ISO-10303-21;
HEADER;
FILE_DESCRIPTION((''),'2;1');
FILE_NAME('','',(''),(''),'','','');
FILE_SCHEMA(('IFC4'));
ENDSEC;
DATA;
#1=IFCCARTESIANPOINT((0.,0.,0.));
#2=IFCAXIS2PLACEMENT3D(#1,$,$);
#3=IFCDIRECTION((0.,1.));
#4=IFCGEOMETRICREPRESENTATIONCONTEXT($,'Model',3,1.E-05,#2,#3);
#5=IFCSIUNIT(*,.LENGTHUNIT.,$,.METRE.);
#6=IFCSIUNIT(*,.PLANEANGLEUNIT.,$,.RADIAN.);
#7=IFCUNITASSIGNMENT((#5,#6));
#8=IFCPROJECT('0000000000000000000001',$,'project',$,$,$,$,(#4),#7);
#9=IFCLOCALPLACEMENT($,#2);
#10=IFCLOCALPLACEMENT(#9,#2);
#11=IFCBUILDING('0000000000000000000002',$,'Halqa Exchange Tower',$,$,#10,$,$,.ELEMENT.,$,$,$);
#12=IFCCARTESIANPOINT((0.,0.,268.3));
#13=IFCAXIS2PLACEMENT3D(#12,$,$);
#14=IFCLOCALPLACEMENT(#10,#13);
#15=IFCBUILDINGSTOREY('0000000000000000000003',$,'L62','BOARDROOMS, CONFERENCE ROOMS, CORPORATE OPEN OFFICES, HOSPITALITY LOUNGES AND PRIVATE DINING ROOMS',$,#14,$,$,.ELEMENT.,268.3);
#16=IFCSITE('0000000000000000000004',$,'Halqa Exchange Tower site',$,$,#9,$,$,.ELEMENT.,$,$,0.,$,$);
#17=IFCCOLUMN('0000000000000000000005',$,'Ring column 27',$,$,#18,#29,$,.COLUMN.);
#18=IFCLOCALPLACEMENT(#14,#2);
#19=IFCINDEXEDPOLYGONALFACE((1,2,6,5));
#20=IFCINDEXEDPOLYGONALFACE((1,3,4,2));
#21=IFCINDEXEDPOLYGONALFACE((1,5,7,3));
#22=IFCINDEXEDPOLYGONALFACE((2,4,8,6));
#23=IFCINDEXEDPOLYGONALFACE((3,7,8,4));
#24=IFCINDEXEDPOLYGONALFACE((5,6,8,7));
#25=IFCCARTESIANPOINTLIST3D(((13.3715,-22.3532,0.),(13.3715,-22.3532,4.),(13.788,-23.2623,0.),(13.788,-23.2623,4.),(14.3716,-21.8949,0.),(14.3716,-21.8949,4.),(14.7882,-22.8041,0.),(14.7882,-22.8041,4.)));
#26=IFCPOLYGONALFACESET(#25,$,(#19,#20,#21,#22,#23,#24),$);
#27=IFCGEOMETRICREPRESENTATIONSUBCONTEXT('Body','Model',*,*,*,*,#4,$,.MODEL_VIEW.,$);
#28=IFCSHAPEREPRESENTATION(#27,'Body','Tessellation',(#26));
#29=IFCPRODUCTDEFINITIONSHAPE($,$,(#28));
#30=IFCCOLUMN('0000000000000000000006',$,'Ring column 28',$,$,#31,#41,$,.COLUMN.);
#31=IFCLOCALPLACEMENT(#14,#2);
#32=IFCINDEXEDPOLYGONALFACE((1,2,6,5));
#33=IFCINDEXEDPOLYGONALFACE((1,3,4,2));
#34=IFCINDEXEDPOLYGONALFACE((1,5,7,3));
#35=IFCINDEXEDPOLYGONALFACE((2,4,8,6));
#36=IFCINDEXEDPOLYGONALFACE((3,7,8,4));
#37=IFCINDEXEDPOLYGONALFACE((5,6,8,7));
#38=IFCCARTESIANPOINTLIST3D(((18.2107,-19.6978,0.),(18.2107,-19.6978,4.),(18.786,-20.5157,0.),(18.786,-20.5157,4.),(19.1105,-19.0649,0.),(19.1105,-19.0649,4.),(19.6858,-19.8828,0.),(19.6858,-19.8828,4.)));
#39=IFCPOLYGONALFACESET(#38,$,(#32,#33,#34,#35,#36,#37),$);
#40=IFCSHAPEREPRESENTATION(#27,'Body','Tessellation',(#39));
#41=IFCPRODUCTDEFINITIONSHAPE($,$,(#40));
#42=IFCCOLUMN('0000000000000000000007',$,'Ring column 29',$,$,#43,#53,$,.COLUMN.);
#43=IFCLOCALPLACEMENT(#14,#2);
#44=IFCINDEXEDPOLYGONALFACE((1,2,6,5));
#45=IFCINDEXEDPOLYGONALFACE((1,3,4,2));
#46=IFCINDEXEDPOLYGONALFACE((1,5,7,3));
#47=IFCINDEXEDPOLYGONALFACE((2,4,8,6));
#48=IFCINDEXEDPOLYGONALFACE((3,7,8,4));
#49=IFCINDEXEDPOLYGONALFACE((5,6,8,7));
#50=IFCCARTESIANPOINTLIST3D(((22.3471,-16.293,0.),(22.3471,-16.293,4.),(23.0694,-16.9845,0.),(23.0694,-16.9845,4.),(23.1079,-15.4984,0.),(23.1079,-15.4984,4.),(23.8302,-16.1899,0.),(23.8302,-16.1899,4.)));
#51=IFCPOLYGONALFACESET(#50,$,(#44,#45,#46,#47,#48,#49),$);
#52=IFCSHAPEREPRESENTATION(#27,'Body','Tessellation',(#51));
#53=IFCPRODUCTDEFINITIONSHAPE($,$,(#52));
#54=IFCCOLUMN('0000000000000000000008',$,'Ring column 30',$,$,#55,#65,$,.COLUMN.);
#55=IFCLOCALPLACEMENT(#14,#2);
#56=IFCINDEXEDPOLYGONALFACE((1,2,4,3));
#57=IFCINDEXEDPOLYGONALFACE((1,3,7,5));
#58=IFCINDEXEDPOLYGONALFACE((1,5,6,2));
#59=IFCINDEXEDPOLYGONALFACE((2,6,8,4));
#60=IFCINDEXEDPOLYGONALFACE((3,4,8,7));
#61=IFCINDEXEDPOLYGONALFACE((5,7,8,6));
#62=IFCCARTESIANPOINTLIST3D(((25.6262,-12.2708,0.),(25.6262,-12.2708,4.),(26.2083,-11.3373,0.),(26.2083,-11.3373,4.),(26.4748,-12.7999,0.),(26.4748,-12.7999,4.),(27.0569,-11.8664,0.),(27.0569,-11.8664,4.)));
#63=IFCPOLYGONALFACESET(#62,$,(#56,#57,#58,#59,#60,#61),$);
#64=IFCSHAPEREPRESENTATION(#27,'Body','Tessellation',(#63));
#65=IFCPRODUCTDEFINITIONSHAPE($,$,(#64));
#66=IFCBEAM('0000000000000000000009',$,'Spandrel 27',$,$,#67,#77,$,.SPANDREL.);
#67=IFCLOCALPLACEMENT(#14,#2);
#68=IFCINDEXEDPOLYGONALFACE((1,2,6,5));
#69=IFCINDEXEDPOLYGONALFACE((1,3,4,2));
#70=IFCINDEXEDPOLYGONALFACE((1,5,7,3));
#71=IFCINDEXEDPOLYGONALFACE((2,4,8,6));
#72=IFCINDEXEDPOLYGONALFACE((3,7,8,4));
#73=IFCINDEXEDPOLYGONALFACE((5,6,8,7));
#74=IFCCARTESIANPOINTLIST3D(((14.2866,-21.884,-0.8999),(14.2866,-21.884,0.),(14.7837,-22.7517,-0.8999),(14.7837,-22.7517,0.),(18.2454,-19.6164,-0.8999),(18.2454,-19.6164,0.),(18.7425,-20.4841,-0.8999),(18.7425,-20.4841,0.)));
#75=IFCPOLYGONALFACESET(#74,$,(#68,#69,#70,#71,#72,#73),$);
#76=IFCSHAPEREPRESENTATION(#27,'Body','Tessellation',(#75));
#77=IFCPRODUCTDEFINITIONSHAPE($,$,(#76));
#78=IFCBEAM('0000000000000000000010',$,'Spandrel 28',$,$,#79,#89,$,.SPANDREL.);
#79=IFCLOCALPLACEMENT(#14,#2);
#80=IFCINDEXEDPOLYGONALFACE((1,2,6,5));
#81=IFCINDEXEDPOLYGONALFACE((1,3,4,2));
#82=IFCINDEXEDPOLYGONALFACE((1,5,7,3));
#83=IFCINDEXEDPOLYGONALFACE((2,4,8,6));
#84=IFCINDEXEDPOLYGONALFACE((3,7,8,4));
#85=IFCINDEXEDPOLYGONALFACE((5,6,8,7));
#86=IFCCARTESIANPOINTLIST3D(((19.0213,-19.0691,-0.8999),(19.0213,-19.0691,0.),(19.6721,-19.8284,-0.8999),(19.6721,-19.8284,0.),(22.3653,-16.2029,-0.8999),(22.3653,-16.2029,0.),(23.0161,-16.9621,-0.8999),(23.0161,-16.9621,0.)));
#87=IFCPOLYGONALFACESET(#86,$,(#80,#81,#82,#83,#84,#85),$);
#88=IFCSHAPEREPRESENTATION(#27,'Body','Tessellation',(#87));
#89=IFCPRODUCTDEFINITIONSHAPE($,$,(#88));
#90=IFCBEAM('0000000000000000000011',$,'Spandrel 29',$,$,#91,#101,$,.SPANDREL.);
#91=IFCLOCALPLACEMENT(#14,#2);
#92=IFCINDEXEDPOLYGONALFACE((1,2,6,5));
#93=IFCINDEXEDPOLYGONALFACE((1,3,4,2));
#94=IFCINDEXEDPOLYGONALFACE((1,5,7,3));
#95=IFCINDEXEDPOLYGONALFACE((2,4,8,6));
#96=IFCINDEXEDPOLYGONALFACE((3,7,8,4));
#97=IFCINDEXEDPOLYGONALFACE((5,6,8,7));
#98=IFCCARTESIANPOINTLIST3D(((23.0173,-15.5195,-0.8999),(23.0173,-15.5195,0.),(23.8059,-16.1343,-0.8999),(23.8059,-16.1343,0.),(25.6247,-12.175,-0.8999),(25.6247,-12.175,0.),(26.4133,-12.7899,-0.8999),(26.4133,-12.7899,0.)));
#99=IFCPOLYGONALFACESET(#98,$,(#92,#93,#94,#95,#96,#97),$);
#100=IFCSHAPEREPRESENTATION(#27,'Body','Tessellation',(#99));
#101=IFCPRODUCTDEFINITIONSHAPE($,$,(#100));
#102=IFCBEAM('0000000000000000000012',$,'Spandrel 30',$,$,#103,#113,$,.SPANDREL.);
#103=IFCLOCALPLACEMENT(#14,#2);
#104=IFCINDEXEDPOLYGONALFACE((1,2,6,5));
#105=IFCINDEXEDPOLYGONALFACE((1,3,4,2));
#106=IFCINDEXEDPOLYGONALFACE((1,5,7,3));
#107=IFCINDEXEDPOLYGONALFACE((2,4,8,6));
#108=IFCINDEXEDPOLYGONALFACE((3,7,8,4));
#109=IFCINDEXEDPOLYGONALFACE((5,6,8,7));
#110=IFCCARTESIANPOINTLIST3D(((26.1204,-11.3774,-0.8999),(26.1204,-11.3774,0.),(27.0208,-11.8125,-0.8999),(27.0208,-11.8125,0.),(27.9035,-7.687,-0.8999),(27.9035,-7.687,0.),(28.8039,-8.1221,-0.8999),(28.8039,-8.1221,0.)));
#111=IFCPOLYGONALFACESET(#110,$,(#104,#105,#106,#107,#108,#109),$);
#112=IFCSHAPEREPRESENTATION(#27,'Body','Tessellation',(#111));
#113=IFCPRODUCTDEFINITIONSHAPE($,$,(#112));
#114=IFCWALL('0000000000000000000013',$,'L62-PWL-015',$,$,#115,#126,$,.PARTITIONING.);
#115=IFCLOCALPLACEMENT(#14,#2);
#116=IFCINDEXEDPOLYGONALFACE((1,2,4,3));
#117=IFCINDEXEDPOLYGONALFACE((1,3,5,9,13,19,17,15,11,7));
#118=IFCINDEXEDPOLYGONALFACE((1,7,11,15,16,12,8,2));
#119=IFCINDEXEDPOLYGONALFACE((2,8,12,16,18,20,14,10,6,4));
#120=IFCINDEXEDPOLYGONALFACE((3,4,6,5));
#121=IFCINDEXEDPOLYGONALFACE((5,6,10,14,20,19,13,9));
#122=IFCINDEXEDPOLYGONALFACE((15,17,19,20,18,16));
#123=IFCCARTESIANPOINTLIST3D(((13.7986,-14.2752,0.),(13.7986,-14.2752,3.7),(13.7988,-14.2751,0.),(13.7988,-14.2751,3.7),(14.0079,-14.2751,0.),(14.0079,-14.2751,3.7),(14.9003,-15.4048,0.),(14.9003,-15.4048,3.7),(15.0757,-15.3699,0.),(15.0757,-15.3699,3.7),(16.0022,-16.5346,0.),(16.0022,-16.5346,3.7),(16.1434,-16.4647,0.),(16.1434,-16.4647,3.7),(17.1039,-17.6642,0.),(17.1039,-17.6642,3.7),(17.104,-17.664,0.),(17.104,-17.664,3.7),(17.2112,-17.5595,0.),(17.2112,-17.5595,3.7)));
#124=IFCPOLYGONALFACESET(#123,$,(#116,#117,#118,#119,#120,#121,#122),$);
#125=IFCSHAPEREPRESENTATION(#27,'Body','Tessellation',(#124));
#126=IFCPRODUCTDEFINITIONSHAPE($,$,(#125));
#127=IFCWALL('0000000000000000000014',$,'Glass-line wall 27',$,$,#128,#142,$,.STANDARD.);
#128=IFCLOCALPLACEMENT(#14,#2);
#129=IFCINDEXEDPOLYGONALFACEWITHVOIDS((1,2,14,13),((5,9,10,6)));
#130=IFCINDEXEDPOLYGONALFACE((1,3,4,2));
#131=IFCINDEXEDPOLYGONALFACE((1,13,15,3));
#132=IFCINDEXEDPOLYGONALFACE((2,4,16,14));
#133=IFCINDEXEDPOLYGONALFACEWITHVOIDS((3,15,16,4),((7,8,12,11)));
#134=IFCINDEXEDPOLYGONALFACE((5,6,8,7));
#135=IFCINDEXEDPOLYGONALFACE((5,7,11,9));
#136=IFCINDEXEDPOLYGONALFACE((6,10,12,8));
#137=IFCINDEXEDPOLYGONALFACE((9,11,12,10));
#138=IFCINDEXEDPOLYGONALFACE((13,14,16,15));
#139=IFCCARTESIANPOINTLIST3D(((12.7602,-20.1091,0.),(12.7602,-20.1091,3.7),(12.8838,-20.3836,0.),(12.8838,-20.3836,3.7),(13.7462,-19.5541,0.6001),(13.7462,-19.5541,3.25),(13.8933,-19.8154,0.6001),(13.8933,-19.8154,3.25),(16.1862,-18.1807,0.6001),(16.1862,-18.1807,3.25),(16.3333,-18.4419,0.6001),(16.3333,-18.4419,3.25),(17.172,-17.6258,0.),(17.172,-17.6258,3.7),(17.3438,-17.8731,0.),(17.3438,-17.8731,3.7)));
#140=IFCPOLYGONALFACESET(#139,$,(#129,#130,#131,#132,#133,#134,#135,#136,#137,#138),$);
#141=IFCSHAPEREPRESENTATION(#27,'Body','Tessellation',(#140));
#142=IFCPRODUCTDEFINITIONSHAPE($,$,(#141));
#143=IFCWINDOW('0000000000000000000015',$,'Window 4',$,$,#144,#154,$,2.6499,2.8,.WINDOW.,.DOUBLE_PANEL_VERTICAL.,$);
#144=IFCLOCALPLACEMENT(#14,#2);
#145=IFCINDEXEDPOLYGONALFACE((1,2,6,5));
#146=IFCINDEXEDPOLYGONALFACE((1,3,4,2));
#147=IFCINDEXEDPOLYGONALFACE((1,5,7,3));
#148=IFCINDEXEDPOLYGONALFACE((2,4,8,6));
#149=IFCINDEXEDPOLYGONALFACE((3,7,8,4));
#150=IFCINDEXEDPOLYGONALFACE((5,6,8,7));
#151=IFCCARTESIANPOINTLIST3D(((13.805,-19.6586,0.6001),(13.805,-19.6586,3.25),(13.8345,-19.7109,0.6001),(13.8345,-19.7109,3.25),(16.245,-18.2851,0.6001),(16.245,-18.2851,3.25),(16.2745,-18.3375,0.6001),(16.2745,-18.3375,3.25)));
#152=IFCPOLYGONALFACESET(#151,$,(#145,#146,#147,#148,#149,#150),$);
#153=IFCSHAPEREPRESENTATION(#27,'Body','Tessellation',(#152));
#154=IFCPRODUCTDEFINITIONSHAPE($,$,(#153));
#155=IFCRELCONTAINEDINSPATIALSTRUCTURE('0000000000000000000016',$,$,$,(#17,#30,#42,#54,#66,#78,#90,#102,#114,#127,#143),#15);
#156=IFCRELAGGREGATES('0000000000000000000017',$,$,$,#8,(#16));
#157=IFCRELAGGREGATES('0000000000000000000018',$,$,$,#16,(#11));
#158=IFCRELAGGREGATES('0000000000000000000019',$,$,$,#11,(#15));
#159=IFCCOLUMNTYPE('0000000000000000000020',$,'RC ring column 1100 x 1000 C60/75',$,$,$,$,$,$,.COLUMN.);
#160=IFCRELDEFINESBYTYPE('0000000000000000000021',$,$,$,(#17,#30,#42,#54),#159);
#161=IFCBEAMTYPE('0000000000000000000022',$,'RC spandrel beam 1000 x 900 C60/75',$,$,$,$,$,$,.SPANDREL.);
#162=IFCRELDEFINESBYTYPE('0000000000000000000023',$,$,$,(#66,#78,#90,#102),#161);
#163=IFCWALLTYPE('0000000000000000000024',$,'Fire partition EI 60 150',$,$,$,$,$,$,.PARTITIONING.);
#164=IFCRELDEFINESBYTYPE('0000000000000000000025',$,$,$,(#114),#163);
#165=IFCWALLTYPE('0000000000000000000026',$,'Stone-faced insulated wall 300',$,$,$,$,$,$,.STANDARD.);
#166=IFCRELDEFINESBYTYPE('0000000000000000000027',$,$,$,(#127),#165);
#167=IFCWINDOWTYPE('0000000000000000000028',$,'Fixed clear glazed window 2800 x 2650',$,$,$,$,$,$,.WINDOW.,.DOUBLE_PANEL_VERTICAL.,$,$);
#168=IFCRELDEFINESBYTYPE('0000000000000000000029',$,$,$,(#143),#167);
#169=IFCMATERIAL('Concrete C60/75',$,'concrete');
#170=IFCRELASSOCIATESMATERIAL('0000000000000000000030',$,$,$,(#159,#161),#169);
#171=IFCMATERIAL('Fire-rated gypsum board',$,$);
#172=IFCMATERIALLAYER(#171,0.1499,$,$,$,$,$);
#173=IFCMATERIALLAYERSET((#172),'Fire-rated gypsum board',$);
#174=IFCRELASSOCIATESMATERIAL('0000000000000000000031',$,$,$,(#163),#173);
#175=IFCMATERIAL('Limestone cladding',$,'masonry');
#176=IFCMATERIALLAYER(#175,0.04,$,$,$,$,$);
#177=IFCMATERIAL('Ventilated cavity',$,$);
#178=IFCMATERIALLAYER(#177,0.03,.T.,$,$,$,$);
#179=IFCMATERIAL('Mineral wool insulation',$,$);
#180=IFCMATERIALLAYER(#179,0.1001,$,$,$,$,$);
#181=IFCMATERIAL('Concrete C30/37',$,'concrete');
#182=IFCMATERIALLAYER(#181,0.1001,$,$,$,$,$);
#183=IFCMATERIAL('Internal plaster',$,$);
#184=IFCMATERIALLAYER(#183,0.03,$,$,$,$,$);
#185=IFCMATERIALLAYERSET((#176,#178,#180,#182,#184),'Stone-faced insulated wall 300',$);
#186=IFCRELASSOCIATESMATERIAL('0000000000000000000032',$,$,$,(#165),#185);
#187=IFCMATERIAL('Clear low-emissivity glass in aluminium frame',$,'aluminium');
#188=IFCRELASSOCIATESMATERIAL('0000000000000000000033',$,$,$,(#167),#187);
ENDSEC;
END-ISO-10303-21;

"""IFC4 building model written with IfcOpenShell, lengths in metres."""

from ifc_helpers import new_model, si_unit, direction, frame, frame_2d, origin, origin_2d, place, context, subcontext, project, spatial, polyline, rectangle, outline, extrude, material, layer, layer_set, material_profile, profile_set, type_object, element, fill, save


model = new_model("IFC4")

# Units and contexts
model_context = context("Model", 3, precision=1e-05, world=origin(), true_north=direction((0.0, 1.0)))
body_context = subcontext(model_context, "Body", "Model", "MODEL_VIEW")
ifc_project = project(units=[si_unit("LENGTHUNIT", "METRE"), si_unit("PLANEANGLEUNIT", "RADIAN")], contexts=[model_context])

# Site, building, storey
site_placement = place(None, origin())
site = spatial("IfcSite", under=ifc_project, at=site_placement, Name="Halqa Exchange Tower site", CompositionType="ELEMENT", RefElevation=0.0)
building_placement = place(site_placement, origin())
building = spatial("IfcBuilding", under=site, at=building_placement, Name="Halqa Exchange Tower", CompositionType="ELEMENT")
storey_placement = place(building_placement, frame((0.0, 0.0, 268.3)))
storey = spatial("IfcBuildingStorey", under=building, at=storey_placement, Name="L62", Description="BOARDROOMS, CONFERENCE ROOMS, CORPORATE OPEN OFFICES, HOSPITALITY LOUNGES AND PRIVATE DINING ROOMS", CompositionType="ELEMENT", Elevation=268.3)

# Columns
ifc_material_1 = material(Name="Concrete C60/75", Category="concrete")
ifc_material_profile_1 = material_profile(ifc_material_1, rectangle(XDim=1.1001, YDim=1.0, at=origin_2d()), Name="1100 x 1000")
ifc_profile_set_1 = profile_set([ifc_material_profile_1], Name="Concrete C60/75")
column_type = type_object("IfcColumnType", Name="RC ring column 1100 x 1000 C60/75", PredefinedType="COLUMN", material=ifc_profile_set_1)
for number, where, z_axis, x_axis, name in (
    (1, (14.0798, -22.5786, 0.0), (0.0, 0.0, 1.0), (0.909127, 0.416519, 0.0), "Ring column 27"),
    (2, (18.9482, -19.7903, 0.0), (0.0, 0.0, 1.0), (0.817907, 0.575351, 0.0), "Ring column 28"),
    (3, (23.0886, -16.2415, 0.0), (0.0, 0.0, 1.0), (0.69158, 0.7223, 0.0), "Ring column 29"),
    (4, (26.3416, -12.0686, 0.0), (0.0, 0.0, 1.0), (0.529142, 0.848533, 0.0), "Ring column 30"),
):
    element("IfcColumn", number, at=place(storey_placement, frame(where, z_axis=z_axis, x_axis=x_axis)), inside=storey, type_object=column_type, Name=name, PredefinedType="COLUMN", context=body_context, shape_type="SweptSolid", body=[
        extrude(rectangle(XDim=1.1001, YDim=1.0, at=origin_2d()), origin(), (0.0, 0.0, 1.0), 4.0),
    ])

# Beams
ifc_material_profile_2 = material_profile(ifc_material_1, rectangle(XDim=1.0, YDim=0.8999, at=origin_2d()), Name="1000 x 900")
ifc_profile_set_2 = profile_set([ifc_material_profile_2], Name="Concrete C60/75")
beam_type = type_object("IfcBeamType", Name="RC spandrel beam 1000 x 900 C60/75", PredefinedType="SPANDREL", material=ifc_profile_set_2)
beam_1_placement = place(storey_placement, frame((14.5352, -22.3179, -0.45), z_axis=(0.867729, 0.497038, 0.0), x_axis=(-0.497038, 0.867729, 0.0)))
element("IfcBeam", 5, at=beam_1_placement, inside=storey, type_object=beam_type, Name="Spandrel 27", PredefinedType="SPANDREL", context=body_context, shape_type="SweptSolid", body=[
    extrude(rectangle(XDim=1.0, YDim=0.8999, at=origin_2d()), origin(), (0.0, 0.0, 1.0), 4.5623),
])
beam_2_placement = place(storey_placement, frame((19.3467, -19.4487, -0.45), z_axis=(0.759264, 0.650782, 0.0), x_axis=(-0.650782, 0.759264, 0.0)))
element("IfcBeam", 6, at=beam_2_placement, inside=storey, type_object=beam_type, Name="Spandrel 28", PredefinedType="SPANDREL", context=body_context, shape_type="SweptSolid", body=[
    extrude(rectangle(XDim=1.0, YDim=0.8999, at=origin_2d()), origin(), (0.0, 0.0, 1.0), 4.4043),
])
beam_3_placement = place(storey_placement, frame((23.4116, -15.8269, -0.45), z_axis=(0.614845, 0.788648, 0.0), x_axis=(-0.788648, 0.614845, 0.0)))
element("IfcBeam", 7, at=beam_3_placement, inside=storey, type_object=beam_type, Name="Spandrel 29", PredefinedType="SPANDREL", context=body_context, shape_type="SweptSolid", body=[
    extrude(rectangle(XDim=1.0, YDim=0.8999, at=origin_2d()), origin(), (0.0, 0.0, 1.0), 4.2407),
])
beam_4_placement = place(storey_placement, frame((26.5706, -11.595, -0.45), z_axis=(0.435069, 0.900397, 0.0), x_axis=(-0.900397, 0.435069, 0.0)))
element("IfcBeam", 8, at=beam_4_placement, inside=storey, type_object=beam_type, Name="Spandrel 30", PredefinedType="SPANDREL", context=body_context, shape_type="SweptSolid", body=[
    extrude(rectangle(XDim=1.0, YDim=0.8999, at=origin_2d()), origin(), (0.0, 0.0, 1.0), 4.0986),
])

# Wall
ifc_material_2 = material(Name="Fire-rated gypsum board")
ifc_layer_1 = layer(ifc_material_2, 0.1499)
ifc_layer_set_1 = layer_set([ifc_layer_1], Name="Fire-rated gypsum board")
wall_type_1 = type_object("IfcWallType", Name="Fire partition EI 60 150", PredefinedType="PARTITIONING", material=ifc_layer_set_1)
wall_1_placement = place(storey_placement, frame((13.8523, -14.2229, 0.0), z_axis=(0.0, 0.0, 1.0), x_axis=(0.698207, -0.715896, 0.0)))
element("IfcWall", 9, at=wall_1_placement, inside=storey, type_object=wall_type_1, Name="L62-PWL-015", PredefinedType="PARTITIONING", context=body_context, shape_type="SweptSolid", body=[
    extrude(outline(polyline([(0.0, -0.075), (1.5779, -0.075), (3.156, -0.075), (4.7339, -0.075), (4.7339, -0.0747), (4.7339, 0.075), (3.2046, 0.075), (1.6753, 0.075), (0.146, 0.075), (0.0, -0.0747), (0.0, -0.075)])), origin(), (0.0, 0.0, 1.0), 3.7),
])

# Wall, opening, window
ifc_material_3 = material(Name="Limestone cladding", Category="masonry")
ifc_layer_2 = layer(ifc_material_3, 0.04)
ifc_material_4 = material(Name="Ventilated cavity")
ifc_layer_3 = layer(ifc_material_4, 0.03, ventilated=True)
ifc_material_5 = material(Name="Mineral wool insulation")
ifc_layer_4 = layer(ifc_material_5, 0.1001)
ifc_material_6 = material(Name="Concrete C30/37", Category="concrete")
ifc_layer_5 = layer(ifc_material_6, 0.1001)
ifc_material_7 = material(Name="Internal plaster")
ifc_layer_6 = layer(ifc_material_7, 0.03)
ifc_layer_set_2 = layer_set([ifc_layer_2, ifc_layer_3, ifc_layer_4, ifc_layer_5, ifc_layer_6], Name="Stone-faced insulated wall 300")
wall_type_2 = type_object("IfcWallType", Name="Stone-faced insulated wall 300", PredefinedType="STANDARD", material=ifc_layer_set_2)
wall_2_placement = place(storey_placement, frame((12.822, -20.2463, 0.0), z_axis=(0.0, 0.0, 1.0), x_axis=(0.871433, 0.490514, 0.0)))
wall_2 = element("IfcWall", 10, at=wall_2_placement, inside=storey, type_object=wall_type_2, Name="Glass-line wall 27", PredefinedType="STANDARD", context=body_context, shape_type="SweptSolid", body=[
    extrude(outline(polyline([(-0.0134, -0.1499), (5.1045, -0.1499), (5.0762, 0.1499), (0.0134, 0.1499), (-0.0134, -0.1499)])), origin(), (0.0, 0.0, 1.0), 3.7),
])
opening_1_placement = place(wall_2_placement, frame((1.145, 0.0, 0.6001)))
opening_1 = element("IfcOpeningElement", 11, at=opening_1_placement, cuts=wall_2, PredefinedType="OPENING", context=body_context, shape_type="SweptSolid", body=[
    extrude(rectangle(XDim=2.8, YDim=2.6499, at=frame_2d((1.3999, 1.325))), frame((0.0, 0.1621, 0.0), z_axis=(0.0, -1.0, 0.0), x_axis=(1.0, 0.0, 0.0)), (0.0, 0.0, 1.0), 0.324),
])
ifc_material_8 = material(Name="Clear low-emissivity glass in aluminium frame", Category="aluminium")
window_type = type_object("IfcWindowType", Name="Fixed clear glazed window 2800 x 2650", PartitioningType="DOUBLE_PANEL_VERTICAL", PredefinedType="WINDOW", material=ifc_material_8)
window_1_placement = place(opening_1_placement, origin())
window_1 = element("IfcWindow", 12, at=window_1_placement, inside=storey, type_object=window_type, Name="Window 4", OverallHeight=2.6499, OverallWidth=2.8, PartitioningType="DOUBLE_PANEL_VERTICAL", PredefinedType="WINDOW", context=body_context, shape_type="SweptSolid", body=[
    extrude(rectangle(XDim=2.8, YDim=2.6499, at=frame_2d((1.3999, 1.325))), frame((0.0, 0.03, 0.0), z_axis=(0.0, -1.0, 0.0), x_axis=(1.0, 0.0, 0.0)), (0.0, 0.0, 1.0), 0.0601),
])
fill(opening_1, window_1)

save(model, "model.ifc")
